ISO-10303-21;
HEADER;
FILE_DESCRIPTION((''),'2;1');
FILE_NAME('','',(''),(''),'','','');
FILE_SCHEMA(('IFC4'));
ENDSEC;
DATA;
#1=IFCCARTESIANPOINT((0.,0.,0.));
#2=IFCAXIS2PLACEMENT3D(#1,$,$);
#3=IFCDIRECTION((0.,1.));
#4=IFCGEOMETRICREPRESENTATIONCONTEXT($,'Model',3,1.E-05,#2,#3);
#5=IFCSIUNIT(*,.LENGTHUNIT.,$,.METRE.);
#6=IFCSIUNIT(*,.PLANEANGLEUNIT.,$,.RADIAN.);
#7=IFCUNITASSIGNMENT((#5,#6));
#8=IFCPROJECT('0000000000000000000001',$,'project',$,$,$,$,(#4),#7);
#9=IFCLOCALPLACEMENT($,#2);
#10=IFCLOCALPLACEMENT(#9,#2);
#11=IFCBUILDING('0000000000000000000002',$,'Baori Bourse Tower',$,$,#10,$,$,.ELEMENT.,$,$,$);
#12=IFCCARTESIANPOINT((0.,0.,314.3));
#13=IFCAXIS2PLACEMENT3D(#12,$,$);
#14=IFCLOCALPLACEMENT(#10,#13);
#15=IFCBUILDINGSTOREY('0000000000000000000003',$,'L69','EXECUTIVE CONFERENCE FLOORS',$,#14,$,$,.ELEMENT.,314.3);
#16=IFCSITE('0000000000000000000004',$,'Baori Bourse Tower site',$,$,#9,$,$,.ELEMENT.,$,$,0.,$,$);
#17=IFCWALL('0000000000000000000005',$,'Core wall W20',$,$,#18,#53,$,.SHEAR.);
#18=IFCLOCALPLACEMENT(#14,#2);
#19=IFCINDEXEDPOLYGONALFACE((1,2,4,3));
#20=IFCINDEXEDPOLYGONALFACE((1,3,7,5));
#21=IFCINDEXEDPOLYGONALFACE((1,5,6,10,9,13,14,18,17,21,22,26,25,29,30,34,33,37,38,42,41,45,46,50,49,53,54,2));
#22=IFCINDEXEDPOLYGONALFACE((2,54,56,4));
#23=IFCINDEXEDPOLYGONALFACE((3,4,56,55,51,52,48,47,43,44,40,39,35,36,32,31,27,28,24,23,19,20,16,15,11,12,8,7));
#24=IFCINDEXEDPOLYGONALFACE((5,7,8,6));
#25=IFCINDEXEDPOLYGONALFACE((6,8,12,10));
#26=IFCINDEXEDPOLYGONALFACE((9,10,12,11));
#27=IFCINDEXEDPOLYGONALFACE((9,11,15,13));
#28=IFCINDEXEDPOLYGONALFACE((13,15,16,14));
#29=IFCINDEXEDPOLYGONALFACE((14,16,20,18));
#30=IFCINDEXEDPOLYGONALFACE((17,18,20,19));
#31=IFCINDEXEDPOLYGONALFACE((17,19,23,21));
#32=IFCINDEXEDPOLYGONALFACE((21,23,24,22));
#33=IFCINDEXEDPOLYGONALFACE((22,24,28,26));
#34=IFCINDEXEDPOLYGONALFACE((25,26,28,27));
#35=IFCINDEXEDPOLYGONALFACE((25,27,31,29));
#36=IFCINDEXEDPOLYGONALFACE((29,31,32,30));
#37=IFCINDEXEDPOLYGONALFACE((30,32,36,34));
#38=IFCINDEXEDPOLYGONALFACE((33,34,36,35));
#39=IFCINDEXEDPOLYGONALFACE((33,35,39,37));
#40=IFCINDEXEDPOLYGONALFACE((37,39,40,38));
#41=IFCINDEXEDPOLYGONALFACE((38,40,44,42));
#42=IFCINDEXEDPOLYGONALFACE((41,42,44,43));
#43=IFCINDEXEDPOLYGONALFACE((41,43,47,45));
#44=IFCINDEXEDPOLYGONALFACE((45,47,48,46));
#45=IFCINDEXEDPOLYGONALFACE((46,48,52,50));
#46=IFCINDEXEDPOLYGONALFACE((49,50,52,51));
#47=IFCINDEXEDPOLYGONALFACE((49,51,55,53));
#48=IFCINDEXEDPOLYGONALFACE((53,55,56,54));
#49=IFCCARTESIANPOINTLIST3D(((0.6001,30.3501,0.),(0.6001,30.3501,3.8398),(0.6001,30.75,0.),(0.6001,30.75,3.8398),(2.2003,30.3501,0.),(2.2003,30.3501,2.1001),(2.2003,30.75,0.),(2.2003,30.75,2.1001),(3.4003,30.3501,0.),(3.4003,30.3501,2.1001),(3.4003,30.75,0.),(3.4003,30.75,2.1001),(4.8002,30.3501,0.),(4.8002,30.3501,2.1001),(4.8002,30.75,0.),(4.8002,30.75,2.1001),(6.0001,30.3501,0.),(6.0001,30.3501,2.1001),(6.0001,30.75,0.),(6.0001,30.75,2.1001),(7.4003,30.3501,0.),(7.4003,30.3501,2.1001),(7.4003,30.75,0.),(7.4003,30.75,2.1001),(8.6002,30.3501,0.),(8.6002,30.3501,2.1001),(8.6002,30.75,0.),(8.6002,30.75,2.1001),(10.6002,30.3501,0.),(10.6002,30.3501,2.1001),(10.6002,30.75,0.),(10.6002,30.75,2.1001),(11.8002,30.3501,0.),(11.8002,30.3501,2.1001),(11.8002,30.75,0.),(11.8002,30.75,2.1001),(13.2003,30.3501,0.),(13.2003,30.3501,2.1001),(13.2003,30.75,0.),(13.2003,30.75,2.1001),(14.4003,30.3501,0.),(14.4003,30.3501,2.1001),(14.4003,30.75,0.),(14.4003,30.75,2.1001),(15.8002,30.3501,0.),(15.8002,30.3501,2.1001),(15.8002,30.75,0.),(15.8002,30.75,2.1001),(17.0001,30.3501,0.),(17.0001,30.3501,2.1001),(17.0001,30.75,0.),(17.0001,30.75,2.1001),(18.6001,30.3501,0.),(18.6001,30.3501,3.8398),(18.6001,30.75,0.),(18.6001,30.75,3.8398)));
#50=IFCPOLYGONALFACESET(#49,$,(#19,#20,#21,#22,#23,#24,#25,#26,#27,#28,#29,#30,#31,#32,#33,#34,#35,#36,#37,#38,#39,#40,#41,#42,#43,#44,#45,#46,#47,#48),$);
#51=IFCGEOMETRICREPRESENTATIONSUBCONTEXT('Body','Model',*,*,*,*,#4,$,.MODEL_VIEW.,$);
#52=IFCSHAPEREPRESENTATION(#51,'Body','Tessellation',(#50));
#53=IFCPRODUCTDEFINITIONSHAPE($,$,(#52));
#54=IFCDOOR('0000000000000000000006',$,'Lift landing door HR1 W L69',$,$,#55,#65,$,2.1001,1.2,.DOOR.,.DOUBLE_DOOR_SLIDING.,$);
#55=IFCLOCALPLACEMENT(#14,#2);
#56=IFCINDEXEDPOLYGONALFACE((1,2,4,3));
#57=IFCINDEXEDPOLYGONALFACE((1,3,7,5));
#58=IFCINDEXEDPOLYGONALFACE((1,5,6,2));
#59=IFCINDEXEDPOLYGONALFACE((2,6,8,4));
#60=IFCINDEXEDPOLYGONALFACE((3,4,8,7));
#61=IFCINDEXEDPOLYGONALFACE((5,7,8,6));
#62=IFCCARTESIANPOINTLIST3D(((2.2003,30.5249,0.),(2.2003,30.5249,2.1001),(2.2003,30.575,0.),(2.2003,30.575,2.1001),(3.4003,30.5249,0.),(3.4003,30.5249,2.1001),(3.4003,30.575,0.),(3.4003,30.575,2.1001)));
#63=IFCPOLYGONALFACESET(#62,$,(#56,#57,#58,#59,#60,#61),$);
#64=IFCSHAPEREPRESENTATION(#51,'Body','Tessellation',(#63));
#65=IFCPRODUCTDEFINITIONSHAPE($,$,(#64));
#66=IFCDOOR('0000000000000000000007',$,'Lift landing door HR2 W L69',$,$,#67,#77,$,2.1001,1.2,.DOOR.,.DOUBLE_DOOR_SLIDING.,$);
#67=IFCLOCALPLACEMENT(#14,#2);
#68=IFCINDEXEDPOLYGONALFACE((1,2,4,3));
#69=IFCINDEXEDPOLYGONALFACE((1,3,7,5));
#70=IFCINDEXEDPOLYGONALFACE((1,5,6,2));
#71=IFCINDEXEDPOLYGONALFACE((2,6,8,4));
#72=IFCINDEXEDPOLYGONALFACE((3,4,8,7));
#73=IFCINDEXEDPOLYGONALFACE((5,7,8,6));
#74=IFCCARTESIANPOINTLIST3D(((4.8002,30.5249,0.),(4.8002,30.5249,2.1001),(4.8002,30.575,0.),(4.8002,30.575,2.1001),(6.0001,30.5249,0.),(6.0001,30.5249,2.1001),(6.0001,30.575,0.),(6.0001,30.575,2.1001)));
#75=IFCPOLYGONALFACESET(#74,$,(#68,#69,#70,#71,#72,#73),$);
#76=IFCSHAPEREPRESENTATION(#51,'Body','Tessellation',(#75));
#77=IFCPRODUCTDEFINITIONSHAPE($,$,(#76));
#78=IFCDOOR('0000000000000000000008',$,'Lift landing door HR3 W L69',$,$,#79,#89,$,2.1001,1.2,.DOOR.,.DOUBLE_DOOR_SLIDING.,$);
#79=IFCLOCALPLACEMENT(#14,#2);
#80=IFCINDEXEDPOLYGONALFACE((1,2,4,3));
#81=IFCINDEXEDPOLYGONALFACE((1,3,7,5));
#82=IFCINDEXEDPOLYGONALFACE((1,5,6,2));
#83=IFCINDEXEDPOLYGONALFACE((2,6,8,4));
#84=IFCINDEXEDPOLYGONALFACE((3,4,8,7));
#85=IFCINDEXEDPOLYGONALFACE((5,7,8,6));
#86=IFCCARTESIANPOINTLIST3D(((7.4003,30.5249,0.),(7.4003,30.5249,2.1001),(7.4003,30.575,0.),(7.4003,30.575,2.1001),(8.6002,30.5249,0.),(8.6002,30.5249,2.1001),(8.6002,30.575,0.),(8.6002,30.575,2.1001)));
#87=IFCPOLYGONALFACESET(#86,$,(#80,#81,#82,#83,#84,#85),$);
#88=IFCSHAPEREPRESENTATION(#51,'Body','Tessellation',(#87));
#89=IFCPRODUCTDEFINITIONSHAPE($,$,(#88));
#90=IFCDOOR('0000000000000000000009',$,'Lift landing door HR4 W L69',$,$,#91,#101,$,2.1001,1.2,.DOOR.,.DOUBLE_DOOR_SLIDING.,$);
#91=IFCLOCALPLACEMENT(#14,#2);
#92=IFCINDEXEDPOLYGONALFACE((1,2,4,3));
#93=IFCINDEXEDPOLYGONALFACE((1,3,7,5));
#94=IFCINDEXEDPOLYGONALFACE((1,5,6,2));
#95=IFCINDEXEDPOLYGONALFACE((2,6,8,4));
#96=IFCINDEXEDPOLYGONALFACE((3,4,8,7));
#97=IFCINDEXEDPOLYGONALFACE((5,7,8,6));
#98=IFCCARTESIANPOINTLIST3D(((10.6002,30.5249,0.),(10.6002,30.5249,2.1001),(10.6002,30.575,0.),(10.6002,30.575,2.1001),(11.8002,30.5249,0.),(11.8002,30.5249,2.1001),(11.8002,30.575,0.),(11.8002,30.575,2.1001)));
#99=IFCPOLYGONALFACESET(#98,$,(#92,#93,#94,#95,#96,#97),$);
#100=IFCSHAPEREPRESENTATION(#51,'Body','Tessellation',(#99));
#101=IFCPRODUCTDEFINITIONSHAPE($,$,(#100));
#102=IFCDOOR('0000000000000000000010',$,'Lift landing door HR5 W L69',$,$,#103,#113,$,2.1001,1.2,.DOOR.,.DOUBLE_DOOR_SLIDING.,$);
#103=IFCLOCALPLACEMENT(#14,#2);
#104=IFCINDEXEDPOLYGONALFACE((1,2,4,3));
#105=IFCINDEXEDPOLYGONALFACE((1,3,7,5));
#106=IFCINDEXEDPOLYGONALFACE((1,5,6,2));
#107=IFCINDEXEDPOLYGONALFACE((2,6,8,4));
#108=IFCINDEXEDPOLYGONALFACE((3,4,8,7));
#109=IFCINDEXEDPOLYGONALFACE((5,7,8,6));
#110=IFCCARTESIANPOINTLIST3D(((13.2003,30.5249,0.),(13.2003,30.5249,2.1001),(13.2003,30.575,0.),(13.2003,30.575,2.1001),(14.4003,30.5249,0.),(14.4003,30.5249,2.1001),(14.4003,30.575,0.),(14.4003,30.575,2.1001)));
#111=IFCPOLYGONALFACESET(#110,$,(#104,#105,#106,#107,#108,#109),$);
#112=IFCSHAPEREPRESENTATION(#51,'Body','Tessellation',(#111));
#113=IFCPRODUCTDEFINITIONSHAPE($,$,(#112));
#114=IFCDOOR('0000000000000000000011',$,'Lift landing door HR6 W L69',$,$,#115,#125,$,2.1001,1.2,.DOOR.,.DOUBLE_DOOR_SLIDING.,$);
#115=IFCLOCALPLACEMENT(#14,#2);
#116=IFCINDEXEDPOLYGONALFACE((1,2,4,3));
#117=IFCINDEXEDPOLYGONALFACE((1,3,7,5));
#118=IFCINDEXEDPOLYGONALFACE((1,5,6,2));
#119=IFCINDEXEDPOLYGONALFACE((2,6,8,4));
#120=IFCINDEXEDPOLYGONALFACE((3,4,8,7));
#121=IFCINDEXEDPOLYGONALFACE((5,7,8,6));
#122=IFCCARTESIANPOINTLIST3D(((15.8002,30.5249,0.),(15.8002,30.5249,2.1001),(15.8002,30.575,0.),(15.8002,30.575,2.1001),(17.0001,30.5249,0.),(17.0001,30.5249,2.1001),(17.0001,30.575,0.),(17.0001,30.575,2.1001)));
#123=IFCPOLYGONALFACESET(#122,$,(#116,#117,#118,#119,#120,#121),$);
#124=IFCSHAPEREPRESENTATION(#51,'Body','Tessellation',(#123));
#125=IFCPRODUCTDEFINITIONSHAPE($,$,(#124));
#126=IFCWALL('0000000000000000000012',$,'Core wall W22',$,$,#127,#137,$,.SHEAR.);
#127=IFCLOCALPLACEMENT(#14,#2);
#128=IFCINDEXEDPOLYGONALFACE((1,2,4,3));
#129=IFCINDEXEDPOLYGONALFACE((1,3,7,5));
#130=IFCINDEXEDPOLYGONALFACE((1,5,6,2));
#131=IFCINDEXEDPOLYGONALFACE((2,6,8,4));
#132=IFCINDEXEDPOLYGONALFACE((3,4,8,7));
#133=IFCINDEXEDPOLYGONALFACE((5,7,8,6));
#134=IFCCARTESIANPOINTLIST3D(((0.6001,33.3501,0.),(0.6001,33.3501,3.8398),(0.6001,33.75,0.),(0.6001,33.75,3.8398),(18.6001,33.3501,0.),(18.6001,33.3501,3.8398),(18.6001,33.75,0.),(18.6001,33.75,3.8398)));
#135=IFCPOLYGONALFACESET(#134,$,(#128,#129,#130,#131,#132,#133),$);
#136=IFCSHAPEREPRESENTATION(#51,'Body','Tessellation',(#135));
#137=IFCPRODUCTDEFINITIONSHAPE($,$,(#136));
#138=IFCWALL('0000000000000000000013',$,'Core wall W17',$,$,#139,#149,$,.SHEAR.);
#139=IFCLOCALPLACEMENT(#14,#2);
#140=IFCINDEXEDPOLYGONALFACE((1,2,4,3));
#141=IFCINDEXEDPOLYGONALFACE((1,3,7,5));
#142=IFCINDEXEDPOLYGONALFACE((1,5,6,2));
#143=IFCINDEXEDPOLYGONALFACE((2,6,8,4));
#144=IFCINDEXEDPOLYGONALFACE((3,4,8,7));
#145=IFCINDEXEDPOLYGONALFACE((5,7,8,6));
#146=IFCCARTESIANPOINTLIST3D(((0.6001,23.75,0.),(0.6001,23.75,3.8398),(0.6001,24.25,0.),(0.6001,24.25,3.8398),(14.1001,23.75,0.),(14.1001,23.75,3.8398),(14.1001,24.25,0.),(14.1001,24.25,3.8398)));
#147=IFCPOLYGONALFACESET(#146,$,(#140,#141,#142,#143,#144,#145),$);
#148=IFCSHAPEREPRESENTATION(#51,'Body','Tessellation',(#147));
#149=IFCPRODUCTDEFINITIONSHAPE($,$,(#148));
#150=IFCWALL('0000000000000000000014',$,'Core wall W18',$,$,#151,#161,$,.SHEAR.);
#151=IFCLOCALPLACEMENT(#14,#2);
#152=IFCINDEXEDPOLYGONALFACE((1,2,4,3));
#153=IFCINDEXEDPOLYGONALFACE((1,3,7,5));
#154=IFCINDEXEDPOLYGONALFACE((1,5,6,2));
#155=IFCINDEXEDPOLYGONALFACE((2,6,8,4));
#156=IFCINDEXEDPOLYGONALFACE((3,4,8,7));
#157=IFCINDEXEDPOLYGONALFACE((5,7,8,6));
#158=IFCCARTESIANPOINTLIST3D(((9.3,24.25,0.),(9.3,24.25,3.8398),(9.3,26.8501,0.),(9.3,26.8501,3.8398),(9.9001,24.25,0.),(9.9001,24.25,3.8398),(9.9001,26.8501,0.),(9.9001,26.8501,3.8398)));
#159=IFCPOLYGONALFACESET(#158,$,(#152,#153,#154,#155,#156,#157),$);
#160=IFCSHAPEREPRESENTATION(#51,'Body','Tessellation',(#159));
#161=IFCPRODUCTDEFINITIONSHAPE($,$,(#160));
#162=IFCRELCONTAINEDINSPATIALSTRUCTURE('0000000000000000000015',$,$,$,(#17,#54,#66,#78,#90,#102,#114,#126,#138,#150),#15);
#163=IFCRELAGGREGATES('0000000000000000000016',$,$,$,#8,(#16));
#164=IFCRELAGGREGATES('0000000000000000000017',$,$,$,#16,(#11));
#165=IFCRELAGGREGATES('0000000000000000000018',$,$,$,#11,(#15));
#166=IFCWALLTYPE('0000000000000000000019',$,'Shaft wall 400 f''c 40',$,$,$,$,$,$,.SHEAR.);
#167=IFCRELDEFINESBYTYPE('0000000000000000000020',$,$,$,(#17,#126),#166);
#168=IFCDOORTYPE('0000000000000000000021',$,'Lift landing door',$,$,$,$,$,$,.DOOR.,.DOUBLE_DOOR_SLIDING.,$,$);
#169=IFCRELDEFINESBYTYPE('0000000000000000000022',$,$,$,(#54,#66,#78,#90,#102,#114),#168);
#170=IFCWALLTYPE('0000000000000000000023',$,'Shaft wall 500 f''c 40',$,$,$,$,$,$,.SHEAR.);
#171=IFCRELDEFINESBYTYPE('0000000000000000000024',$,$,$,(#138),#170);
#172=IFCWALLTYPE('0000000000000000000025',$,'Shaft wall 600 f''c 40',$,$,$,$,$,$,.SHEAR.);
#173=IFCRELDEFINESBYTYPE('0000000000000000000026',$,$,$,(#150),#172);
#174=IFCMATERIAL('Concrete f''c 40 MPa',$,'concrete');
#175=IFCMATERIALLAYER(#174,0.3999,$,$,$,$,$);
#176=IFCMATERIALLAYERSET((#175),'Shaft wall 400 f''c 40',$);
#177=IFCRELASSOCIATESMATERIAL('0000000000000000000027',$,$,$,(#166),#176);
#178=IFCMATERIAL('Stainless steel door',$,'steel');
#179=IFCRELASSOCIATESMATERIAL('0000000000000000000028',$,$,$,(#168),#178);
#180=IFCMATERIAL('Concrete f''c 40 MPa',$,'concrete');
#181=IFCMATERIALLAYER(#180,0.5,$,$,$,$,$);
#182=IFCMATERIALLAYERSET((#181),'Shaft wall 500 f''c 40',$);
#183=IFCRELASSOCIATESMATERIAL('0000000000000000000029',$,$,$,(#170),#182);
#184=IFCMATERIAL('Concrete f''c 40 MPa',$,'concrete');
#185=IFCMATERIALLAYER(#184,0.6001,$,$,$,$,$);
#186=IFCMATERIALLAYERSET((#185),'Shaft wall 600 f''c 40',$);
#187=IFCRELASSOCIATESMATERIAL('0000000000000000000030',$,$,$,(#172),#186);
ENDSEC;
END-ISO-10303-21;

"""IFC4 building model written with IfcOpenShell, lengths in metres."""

from ifc_helpers import new_model, si_unit, direction, frame, frame_2d, origin, place, context, subcontext, project, spatial, rectangle, extrude, material, layer, layer_set, type_object, element, fill, save


model = new_model("IFC4")

# Units and contexts
model_context = context("Model", 3, precision=1e-05, world=origin(), true_north=direction((0.0, 1.0)))
body_context = subcontext(model_context, "Body", "Model", "MODEL_VIEW")
ifc_project = project(units=[si_unit("LENGTHUNIT", "METRE"), si_unit("PLANEANGLEUNIT", "RADIAN")], contexts=[model_context])

# Site, building, storey
site_placement = place(None, origin())
site = spatial("IfcSite", under=ifc_project, at=site_placement, Name="Baori Bourse Tower site", CompositionType="ELEMENT", RefElevation=0.0)
building_placement = place(site_placement, origin())
building = spatial("IfcBuilding", under=site, at=building_placement, Name="Baori Bourse Tower", CompositionType="ELEMENT")
storey_placement = place(building_placement, frame((0.0, 0.0, 314.3)))
storey = spatial("IfcBuildingStorey", under=building, at=storey_placement, Name="L69", Description="EXECUTIVE CONFERENCE FLOORS", CompositionType="ELEMENT", Elevation=314.3)

# Shared definitions
ifc_material_1 = material(Name="Concrete f'c 40 MPa", Category="concrete")
ifc_layer_1 = layer(ifc_material_1, 0.3999)
ifc_layer_set_1 = layer_set([ifc_layer_1], Name="Shaft wall 400 f'c 40")
wall_type_1 = type_object("IfcWallType", Name="Shaft wall 400 f'c 40", PredefinedType="SHEAR", material=ifc_layer_set_1)

# Wall, openings, doors
ifc_material_2 = material(Name="Stainless steel door", Category="steel")
door_type_1 = type_object("IfcDoorType", Name="Lift landing door", OperationType="DOUBLE_DOOR_SLIDING", PredefinedType="DOOR", material=ifc_material_2)
wall_1_placement = place(storey_placement, frame((0.6001, 30.55, 0.0), z_axis=(0.0, 0.0, 1.0), x_axis=(1.0, 0.0, 0.0)))
wall_1 = element("IfcWall", 1, at=wall_1_placement, inside=storey, type_object=wall_type_1, Name="Core wall W20", PredefinedType="SHEAR", context=body_context, shape_type="SweptSolid", body=[
    extrude(rectangle(XDim=18.0, YDim=0.3999, at=frame_2d((9.0, 0.0))), origin(), (0.0, 0.0, 1.0), 3.8398),
])
opening_1_placement = place(wall_1_placement, frame((1.6001, 0.0, 0.0)))
opening_1 = element("IfcOpeningElement", 2, at=opening_1_placement, cuts=wall_1, PredefinedType="OPENING", context=body_context, shape_type="SweptSolid", body=[
    extrude(rectangle(XDim=1.2, YDim=2.1001, at=frame_2d((0.6001, 1.05))), frame((0.0, 0.21, 0.0), z_axis=(0.0, -1.0, 0.0), x_axis=(1.0, 0.0, 0.0)), (0.0, 0.0, 1.0), 0.4199),
])
opening_2_placement = place(wall_1_placement, frame((4.2, 0.0, 0.0)))
opening_2 = element("IfcOpeningElement", 3, at=opening_2_placement, cuts=wall_1, PredefinedType="OPENING", context=body_context, shape_type="SweptSolid", body=[
    extrude(rectangle(XDim=1.2, YDim=2.1001, at=frame_2d((0.6001, 1.05))), frame((0.0, 0.21, 0.0), z_axis=(0.0, -1.0, 0.0), x_axis=(1.0, 0.0, 0.0)), (0.0, 0.0, 1.0), 0.4199),
])
opening_3_placement = place(wall_1_placement, frame((6.8, 0.0, 0.0)))
opening_3 = element("IfcOpeningElement", 4, at=opening_3_placement, cuts=wall_1, PredefinedType="OPENING", context=body_context, shape_type="SweptSolid", body=[
    extrude(rectangle(XDim=1.2, YDim=2.1001, at=frame_2d((0.6001, 1.05))), frame((0.0, 0.21, 0.0), z_axis=(0.0, -1.0, 0.0), x_axis=(1.0, 0.0, 0.0)), (0.0, 0.0, 1.0), 0.4199),
])
opening_4_placement = place(wall_1_placement, frame((10.0, 0.0, 0.0)))
opening_4 = element("IfcOpeningElement", 5, at=opening_4_placement, cuts=wall_1, PredefinedType="OPENING", context=body_context, shape_type="SweptSolid", body=[
    extrude(rectangle(XDim=1.2, YDim=2.1001, at=frame_2d((0.6001, 1.05))), frame((0.0, 0.21, 0.0), z_axis=(0.0, -1.0, 0.0), x_axis=(1.0, 0.0, 0.0)), (0.0, 0.0, 1.0), 0.4199),
])
opening_5_placement = place(wall_1_placement, frame((12.6001, 0.0, 0.0)))
opening_5 = element("IfcOpeningElement", 6, at=opening_5_placement, cuts=wall_1, PredefinedType="OPENING", context=body_context, shape_type="SweptSolid", body=[
    extrude(rectangle(XDim=1.2, YDim=2.1001, at=frame_2d((0.6001, 1.05))), frame((0.0, 0.21, 0.0), z_axis=(0.0, -1.0, 0.0), x_axis=(1.0, 0.0, 0.0)), (0.0, 0.0, 1.0), 0.4199),
])
opening_6_placement = place(wall_1_placement, frame((15.2, 0.0, 0.0)))
opening_6 = element("IfcOpeningElement", 7, at=opening_6_placement, cuts=wall_1, PredefinedType="OPENING", context=body_context, shape_type="SweptSolid", body=[
    extrude(rectangle(XDim=1.2, YDim=2.1001, at=frame_2d((0.6001, 1.05))), frame((0.0, 0.21, 0.0), z_axis=(0.0, -1.0, 0.0), x_axis=(1.0, 0.0, 0.0)), (0.0, 0.0, 1.0), 0.4199),
])
door_1_placement = place(opening_1_placement, origin())
door_1 = element("IfcDoor", 8, at=door_1_placement, inside=storey, type_object=door_type_1, Name="Lift landing door HR1 W L69", OperationType="DOUBLE_DOOR_SLIDING", OverallHeight=2.1001, OverallWidth=1.2, PredefinedType="DOOR", context=body_context, shape_type="SweptSolid", body=[
    extrude(rectangle(XDim=1.2, YDim=2.1001, at=frame_2d((0.6001, 1.05))), frame((0.0, 0.0249, 0.0), z_axis=(0.0, -1.0, 0.0), x_axis=(1.0, 0.0, 0.0)), (0.0, 0.0, 1.0), 0.05),
])
fill(opening_1, door_1)
door_2_placement = place(opening_2_placement, origin())
door_2 = element("IfcDoor", 9, at=door_2_placement, inside=storey, type_object=door_type_1, Name="Lift landing door HR2 W L69", OperationType="DOUBLE_DOOR_SLIDING", OverallHeight=2.1001, OverallWidth=1.2, PredefinedType="DOOR", context=body_context, shape_type="SweptSolid", body=[
    extrude(rectangle(XDim=1.2, YDim=2.1001, at=frame_2d((0.6001, 1.05))), frame((0.0, 0.0249, 0.0), z_axis=(0.0, -1.0, 0.0), x_axis=(1.0, 0.0, 0.0)), (0.0, 0.0, 1.0), 0.05),
])
fill(opening_2, door_2)
door_3_placement = place(opening_3_placement, origin())
door_3 = element("IfcDoor", 10, at=door_3_placement, inside=storey, type_object=door_type_1, Name="Lift landing door HR3 W L69", OperationType="DOUBLE_DOOR_SLIDING", OverallHeight=2.1001, OverallWidth=1.2, PredefinedType="DOOR", context=body_context, shape_type="SweptSolid", body=[
    extrude(rectangle(XDim=1.2, YDim=2.1001, at=frame_2d((0.6001, 1.05))), frame((0.0, 0.0249, 0.0), z_axis=(0.0, -1.0, 0.0), x_axis=(1.0, 0.0, 0.0)), (0.0, 0.0, 1.0), 0.05),
])
fill(opening_3, door_3)
door_4_placement = place(opening_4_placement, origin())
door_4 = element("IfcDoor", 11, at=door_4_placement, inside=storey, type_object=door_type_1, Name="Lift landing door HR4 W L69", OperationType="DOUBLE_DOOR_SLIDING", OverallHeight=2.1001, OverallWidth=1.2, PredefinedType="DOOR", context=body_context, shape_type="SweptSolid", body=[
    extrude(rectangle(XDim=1.2, YDim=2.1001, at=frame_2d((0.6001, 1.05))), frame((0.0, 0.0249, 0.0), z_axis=(0.0, -1.0, 0.0), x_axis=(1.0, 0.0, 0.0)), (0.0, 0.0, 1.0), 0.05),
])
fill(opening_4, door_4)
door_5_placement = place(opening_5_placement, origin())
door_5 = element("IfcDoor", 12, at=door_5_placement, inside=storey, type_object=door_type_1, Name="Lift landing door HR5 W L69", OperationType="DOUBLE_DOOR_SLIDING", OverallHeight=2.1001, OverallWidth=1.2, PredefinedType="DOOR", context=body_context, shape_type="SweptSolid", body=[
    extrude(rectangle(XDim=1.2, YDim=2.1001, at=frame_2d((0.6001, 1.05))), frame((0.0, 0.0249, 0.0), z_axis=(0.0, -1.0, 0.0), x_axis=(1.0, 0.0, 0.0)), (0.0, 0.0, 1.0), 0.05),
])
fill(opening_5, door_5)
door_6_placement = place(opening_6_placement, origin())
door_6 = element("IfcDoor", 13, at=door_6_placement, inside=storey, type_object=door_type_1, Name="Lift landing door HR6 W L69", OperationType="DOUBLE_DOOR_SLIDING", OverallHeight=2.1001, OverallWidth=1.2, PredefinedType="DOOR", context=body_context, shape_type="SweptSolid", body=[
    extrude(rectangle(XDim=1.2, YDim=2.1001, at=frame_2d((0.6001, 1.05))), frame((0.0, 0.0249, 0.0), z_axis=(0.0, -1.0, 0.0), x_axis=(1.0, 0.0, 0.0)), (0.0, 0.0, 1.0), 0.05),
])
fill(opening_6, door_6)

# Walls
wall_2_placement = place(storey_placement, frame((0.6001, 33.55, 0.0), z_axis=(0.0, 0.0, 1.0), x_axis=(1.0, 0.0, 0.0)))
element("IfcWall", 14, at=wall_2_placement, inside=storey, type_object=wall_type_1, Name="Core wall W22", PredefinedType="SHEAR", context=body_context, shape_type="SweptSolid", body=[
    extrude(rectangle(XDim=18.0, YDim=0.3999, at=frame_2d((9.0, 0.0))), origin(), (0.0, 0.0, 1.0), 3.8398),
])
ifc_material_3 = material(Name="Concrete f'c 40 MPa", Category="concrete")
ifc_layer_2 = layer(ifc_material_3, 0.5)
ifc_layer_set_2 = layer_set([ifc_layer_2], Name="Shaft wall 500 f'c 40")
wall_type_2 = type_object("IfcWallType", Name="Shaft wall 500 f'c 40", PredefinedType="SHEAR", material=ifc_layer_set_2)
wall_3_placement = place(storey_placement, frame((0.6001, 24.0, 0.0), z_axis=(0.0, 0.0, 1.0), x_axis=(1.0, 0.0, 0.0)))
element("IfcWall", 15, at=wall_3_placement, inside=storey, type_object=wall_type_2, Name="Core wall W17", PredefinedType="SHEAR", context=body_context, shape_type="SweptSolid", body=[
    extrude(rectangle(XDim=13.5, YDim=0.5, at=frame_2d((6.75, 0.0))), origin(), (0.0, 0.0, 1.0), 3.8398),
])
ifc_material_4 = material(Name="Concrete f'c 40 MPa", Category="concrete")
ifc_layer_3 = layer(ifc_material_4, 0.6001)
ifc_layer_set_3 = layer_set([ifc_layer_3], Name="Shaft wall 600 f'c 40")
wall_type_3 = type_object("IfcWallType", Name="Shaft wall 600 f'c 40", PredefinedType="SHEAR", material=ifc_layer_set_3)
for number, where, z_axis, x_axis, name in (
    (16, (9.6001, 24.25, 0.0), (0.0, 0.0, 1.0), (0.0, 1.0, 0.0), "Core wall W18"),
):
    element("IfcWall", number, at=place(storey_placement, frame(where, z_axis=z_axis, x_axis=x_axis)), inside=storey, type_object=wall_type_3, Name=name, PredefinedType="SHEAR", context=body_context, shape_type="SweptSolid", body=[
        extrude(rectangle(XDim=2.6001, YDim=0.6001, at=frame_2d((1.3, 0.0))), origin(), (0.0, 0.0, 1.0), 3.8398),
    ])

save(model, "model.ifc")
